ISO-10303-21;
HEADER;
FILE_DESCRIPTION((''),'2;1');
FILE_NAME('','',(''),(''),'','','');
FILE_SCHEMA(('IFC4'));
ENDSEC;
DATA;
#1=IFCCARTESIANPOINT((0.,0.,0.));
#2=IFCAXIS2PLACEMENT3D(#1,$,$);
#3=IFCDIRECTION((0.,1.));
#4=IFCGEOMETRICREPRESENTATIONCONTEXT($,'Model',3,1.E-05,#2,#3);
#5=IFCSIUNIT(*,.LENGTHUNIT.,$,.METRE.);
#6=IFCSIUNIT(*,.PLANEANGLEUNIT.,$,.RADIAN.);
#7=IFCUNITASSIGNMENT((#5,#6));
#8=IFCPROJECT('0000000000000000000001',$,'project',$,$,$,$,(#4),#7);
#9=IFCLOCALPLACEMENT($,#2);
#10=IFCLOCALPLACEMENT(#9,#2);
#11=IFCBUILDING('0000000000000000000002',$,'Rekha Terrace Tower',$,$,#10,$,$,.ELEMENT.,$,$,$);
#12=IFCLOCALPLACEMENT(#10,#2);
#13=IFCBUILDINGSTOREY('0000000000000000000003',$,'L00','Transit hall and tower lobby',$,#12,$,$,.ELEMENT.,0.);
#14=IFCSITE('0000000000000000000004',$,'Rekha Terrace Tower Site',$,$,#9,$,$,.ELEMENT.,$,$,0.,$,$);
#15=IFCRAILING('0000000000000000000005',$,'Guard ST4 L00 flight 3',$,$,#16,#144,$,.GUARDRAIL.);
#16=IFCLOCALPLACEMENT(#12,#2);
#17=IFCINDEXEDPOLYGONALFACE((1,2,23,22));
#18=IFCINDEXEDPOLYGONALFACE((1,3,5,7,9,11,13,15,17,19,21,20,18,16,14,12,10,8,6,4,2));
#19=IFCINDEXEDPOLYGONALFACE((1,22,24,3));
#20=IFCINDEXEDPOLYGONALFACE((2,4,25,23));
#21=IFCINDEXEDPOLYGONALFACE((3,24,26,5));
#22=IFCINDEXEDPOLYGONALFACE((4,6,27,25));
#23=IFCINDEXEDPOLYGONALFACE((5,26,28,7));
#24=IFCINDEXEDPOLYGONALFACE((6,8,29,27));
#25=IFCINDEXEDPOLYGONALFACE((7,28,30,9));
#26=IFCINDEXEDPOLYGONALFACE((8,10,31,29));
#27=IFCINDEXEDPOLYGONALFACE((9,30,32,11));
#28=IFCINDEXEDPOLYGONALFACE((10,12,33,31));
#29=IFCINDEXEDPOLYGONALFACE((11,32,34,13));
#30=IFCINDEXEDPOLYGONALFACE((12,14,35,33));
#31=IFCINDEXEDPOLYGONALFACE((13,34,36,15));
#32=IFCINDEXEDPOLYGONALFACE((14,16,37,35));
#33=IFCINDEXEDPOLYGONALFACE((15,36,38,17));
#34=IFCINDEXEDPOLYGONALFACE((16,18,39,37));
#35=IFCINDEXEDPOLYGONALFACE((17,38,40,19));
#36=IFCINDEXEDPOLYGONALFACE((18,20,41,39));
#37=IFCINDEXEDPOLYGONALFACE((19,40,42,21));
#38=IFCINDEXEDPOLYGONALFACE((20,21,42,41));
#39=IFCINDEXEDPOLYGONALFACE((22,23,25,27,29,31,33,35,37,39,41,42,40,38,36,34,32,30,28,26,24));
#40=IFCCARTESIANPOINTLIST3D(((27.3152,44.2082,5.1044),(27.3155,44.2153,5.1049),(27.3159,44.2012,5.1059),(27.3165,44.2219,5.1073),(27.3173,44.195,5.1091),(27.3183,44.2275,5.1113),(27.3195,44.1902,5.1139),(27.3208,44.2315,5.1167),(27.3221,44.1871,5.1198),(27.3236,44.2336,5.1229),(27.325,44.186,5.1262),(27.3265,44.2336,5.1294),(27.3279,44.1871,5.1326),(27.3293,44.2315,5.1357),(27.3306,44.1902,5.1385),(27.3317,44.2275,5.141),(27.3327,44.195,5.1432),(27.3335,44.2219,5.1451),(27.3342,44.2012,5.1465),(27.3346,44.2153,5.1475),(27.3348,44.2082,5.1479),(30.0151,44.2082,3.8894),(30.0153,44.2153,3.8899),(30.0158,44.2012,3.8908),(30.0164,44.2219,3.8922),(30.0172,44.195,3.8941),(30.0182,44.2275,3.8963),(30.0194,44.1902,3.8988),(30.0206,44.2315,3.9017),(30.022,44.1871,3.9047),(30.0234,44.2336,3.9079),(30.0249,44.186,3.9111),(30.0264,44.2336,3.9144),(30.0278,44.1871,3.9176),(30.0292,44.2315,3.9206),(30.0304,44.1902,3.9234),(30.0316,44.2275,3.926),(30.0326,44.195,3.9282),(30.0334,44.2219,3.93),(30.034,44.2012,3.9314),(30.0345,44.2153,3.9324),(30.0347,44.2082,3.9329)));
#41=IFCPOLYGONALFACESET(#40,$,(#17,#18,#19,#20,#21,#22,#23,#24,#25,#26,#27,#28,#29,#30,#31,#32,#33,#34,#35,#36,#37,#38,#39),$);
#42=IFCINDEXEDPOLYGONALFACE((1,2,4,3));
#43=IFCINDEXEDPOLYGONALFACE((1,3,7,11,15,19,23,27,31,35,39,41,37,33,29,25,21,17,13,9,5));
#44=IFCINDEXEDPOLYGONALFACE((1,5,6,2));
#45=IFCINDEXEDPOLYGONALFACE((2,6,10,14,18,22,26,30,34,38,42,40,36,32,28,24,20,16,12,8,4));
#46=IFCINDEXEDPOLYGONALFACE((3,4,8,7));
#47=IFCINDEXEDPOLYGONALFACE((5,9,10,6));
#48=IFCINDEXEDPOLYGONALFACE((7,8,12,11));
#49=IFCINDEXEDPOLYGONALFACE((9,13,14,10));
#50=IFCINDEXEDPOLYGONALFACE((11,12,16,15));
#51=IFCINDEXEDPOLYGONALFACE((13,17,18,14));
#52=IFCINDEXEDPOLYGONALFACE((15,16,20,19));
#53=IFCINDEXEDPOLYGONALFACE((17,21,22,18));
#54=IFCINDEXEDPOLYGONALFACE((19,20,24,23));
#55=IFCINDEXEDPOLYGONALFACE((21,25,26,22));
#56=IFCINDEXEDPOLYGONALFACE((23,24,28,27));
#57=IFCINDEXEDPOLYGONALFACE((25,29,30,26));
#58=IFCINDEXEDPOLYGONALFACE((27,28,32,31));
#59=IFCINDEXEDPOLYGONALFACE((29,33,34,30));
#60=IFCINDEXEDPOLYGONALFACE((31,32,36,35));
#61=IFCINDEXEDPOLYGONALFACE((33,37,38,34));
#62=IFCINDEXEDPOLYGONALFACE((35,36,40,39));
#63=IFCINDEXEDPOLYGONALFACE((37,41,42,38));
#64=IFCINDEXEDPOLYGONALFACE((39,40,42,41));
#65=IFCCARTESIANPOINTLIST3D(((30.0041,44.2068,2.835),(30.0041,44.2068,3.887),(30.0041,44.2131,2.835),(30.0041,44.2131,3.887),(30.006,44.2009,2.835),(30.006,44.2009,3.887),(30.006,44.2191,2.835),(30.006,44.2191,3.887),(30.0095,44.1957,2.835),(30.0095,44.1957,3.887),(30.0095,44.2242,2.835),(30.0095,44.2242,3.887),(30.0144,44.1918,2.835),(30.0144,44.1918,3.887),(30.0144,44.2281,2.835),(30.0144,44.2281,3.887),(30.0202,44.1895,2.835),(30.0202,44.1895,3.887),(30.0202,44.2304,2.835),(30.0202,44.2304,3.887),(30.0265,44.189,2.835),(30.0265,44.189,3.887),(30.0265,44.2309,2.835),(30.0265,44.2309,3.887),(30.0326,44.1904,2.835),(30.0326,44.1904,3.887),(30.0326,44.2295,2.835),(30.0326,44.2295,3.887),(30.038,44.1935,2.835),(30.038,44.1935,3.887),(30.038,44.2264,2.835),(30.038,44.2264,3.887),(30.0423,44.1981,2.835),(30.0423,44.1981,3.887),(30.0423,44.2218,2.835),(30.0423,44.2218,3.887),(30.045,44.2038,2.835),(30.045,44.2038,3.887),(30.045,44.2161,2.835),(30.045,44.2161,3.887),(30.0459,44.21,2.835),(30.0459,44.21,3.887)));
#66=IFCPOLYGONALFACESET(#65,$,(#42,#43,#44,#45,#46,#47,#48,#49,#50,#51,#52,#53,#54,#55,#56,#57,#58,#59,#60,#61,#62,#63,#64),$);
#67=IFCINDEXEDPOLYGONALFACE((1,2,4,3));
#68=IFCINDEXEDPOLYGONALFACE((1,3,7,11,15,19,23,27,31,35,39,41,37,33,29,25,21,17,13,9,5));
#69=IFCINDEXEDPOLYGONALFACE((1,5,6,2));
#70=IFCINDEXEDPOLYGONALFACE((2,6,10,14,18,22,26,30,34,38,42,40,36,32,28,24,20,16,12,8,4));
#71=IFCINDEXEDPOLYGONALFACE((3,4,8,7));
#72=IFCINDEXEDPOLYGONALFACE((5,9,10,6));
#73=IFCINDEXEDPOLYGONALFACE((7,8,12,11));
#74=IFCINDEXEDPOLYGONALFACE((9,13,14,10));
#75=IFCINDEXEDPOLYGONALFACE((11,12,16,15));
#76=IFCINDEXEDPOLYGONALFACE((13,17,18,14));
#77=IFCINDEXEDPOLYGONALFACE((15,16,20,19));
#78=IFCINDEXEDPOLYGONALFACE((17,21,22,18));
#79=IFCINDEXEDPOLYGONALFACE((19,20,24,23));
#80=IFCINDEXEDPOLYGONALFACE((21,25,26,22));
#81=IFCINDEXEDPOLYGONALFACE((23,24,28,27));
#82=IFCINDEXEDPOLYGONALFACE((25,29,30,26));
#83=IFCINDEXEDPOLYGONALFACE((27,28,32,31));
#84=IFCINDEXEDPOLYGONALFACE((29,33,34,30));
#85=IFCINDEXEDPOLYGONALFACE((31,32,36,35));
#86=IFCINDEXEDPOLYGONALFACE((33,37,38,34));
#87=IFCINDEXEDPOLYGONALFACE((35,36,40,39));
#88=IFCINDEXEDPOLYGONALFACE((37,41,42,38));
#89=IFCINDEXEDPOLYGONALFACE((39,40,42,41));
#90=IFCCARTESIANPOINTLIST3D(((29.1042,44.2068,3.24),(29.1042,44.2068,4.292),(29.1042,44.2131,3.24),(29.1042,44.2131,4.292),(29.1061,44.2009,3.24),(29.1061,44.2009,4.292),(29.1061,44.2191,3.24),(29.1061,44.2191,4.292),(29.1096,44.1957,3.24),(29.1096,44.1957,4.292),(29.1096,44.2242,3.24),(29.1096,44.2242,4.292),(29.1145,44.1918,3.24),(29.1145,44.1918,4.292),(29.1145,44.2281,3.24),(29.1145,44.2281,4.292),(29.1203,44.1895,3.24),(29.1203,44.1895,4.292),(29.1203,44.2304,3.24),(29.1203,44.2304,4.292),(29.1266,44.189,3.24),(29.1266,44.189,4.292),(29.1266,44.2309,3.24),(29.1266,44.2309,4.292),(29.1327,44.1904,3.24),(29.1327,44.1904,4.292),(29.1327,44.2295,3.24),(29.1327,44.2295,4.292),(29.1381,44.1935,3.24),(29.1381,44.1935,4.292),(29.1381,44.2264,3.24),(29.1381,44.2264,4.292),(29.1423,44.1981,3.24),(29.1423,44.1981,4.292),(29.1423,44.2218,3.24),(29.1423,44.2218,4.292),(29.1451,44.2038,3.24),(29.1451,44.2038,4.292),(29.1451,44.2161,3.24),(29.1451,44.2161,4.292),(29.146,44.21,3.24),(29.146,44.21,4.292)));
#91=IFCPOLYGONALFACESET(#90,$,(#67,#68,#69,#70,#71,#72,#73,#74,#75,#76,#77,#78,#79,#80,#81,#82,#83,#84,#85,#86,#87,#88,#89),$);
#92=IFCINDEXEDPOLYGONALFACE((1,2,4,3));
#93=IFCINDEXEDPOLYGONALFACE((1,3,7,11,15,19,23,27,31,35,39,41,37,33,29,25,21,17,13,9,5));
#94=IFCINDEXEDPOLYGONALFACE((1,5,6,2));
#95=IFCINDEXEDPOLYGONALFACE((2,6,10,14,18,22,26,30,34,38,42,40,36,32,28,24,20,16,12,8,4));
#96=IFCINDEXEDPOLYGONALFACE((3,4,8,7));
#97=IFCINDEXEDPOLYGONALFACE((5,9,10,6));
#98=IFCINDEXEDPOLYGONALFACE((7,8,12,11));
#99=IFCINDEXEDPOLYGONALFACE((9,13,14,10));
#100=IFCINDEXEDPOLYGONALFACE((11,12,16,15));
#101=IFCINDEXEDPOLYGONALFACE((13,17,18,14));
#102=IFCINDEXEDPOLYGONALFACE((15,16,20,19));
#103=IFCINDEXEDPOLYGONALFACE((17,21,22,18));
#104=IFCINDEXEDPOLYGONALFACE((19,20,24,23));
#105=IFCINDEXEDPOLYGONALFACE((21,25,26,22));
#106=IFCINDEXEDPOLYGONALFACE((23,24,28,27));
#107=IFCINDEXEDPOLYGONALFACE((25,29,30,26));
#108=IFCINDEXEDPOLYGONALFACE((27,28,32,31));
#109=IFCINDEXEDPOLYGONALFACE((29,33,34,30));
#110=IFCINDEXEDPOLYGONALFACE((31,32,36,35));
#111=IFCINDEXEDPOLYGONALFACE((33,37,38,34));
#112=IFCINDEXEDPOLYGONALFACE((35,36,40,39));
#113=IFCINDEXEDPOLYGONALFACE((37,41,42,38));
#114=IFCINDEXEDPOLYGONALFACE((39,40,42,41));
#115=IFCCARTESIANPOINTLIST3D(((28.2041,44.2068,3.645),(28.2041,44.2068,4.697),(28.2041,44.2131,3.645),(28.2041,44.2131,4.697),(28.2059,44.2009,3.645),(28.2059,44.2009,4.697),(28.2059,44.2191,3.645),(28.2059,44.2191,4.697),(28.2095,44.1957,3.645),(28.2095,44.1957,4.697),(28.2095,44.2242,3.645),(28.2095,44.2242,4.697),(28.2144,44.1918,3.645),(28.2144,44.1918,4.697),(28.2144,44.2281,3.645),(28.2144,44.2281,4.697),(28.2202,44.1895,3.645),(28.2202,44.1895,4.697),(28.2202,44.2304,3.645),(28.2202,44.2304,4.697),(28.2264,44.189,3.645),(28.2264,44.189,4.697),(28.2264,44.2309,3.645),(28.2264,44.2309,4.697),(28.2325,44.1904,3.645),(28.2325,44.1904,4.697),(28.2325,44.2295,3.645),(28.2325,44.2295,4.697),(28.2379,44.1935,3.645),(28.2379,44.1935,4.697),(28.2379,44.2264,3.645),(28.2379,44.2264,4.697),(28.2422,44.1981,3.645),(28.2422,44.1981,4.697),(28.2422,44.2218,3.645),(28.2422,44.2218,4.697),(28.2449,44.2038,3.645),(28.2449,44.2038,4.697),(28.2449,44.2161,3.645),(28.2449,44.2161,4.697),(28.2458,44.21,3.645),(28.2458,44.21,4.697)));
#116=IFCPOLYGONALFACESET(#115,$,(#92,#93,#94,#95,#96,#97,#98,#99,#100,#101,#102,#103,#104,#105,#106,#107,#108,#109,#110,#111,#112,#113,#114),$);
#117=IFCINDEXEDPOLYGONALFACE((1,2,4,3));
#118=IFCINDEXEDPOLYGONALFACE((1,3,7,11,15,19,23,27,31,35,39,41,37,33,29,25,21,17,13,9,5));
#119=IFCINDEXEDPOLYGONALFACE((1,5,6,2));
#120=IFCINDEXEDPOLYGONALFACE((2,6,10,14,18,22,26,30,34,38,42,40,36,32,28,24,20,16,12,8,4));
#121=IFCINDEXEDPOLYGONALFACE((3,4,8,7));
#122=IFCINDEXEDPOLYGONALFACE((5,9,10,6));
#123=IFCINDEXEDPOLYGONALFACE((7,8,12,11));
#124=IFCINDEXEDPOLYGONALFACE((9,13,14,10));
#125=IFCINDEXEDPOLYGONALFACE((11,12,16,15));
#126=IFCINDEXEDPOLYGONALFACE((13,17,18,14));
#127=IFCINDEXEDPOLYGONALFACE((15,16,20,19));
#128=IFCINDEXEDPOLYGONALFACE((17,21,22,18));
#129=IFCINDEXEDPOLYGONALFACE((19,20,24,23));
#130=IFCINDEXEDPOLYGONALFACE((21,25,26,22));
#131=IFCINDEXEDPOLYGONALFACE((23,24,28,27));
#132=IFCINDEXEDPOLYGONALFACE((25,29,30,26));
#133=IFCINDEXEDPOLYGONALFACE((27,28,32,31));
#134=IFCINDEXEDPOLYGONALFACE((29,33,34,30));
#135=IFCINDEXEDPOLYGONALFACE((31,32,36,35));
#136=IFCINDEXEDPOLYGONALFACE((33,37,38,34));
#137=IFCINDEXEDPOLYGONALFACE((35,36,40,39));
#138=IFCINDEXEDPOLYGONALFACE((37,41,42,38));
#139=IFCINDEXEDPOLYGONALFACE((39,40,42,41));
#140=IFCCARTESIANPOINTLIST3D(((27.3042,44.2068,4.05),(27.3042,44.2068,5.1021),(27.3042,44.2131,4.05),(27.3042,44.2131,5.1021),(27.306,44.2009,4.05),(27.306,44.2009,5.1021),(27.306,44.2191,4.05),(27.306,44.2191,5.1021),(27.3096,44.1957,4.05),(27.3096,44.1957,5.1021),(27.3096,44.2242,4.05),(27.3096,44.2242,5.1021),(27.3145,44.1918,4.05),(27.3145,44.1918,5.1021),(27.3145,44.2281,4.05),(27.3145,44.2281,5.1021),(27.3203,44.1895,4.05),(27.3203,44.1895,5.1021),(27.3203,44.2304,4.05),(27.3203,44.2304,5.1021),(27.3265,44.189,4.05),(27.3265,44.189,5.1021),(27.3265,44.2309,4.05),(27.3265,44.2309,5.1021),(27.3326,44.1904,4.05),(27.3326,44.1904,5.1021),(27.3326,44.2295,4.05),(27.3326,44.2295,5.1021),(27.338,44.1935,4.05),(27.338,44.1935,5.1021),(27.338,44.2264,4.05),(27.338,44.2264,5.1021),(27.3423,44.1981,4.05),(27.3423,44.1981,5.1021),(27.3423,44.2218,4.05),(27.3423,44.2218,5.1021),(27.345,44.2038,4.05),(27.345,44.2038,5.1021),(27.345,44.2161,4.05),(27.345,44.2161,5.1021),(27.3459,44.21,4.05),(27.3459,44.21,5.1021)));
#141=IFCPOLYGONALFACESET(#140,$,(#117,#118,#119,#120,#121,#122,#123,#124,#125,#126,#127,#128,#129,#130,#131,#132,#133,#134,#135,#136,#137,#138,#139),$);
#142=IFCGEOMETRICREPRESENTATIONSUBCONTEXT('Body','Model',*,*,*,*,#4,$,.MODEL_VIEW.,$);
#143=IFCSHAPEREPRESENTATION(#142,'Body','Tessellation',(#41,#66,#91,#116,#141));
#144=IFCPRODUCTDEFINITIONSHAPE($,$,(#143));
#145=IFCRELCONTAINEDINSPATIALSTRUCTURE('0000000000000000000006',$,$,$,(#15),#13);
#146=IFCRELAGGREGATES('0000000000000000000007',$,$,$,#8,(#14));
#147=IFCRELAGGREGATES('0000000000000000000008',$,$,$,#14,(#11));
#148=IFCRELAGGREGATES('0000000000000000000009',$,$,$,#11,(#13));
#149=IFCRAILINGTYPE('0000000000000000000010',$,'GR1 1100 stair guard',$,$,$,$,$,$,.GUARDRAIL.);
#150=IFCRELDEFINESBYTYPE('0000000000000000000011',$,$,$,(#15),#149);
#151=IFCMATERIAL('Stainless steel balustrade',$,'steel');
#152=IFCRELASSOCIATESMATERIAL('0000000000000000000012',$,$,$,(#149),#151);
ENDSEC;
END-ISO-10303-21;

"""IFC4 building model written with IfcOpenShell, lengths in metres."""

from ifc_helpers import new_model, si_unit, direction, frame, origin, origin_2d, place, context, subcontext, project, spatial, circle, extrude, material, type_object, element, save


model = new_model("IFC4")

# Units and contexts
model_context = context("Model", 3, precision=1e-05, world=origin(), true_north=direction((0.0, 1.0)))
body_context = subcontext(model_context, "Body", "Model", "MODEL_VIEW")
ifc_project = project(units=[si_unit("LENGTHUNIT", "METRE"), si_unit("PLANEANGLEUNIT", "RADIAN")], contexts=[model_context])

# Site, building, storey
site_placement = place(None, origin())
site = spatial("IfcSite", under=ifc_project, at=site_placement, Name="Rekha Terrace Tower Site", CompositionType="ELEMENT", RefElevation=0.0)
building_placement = place(site_placement, origin())
building = spatial("IfcBuilding", under=site, at=building_placement, Name="Rekha Terrace Tower", CompositionType="ELEMENT")
storey_placement = place(building_placement, origin())
storey = spatial("IfcBuildingStorey", under=building, at=storey_placement, Name="L00", Description="Transit hall and tower lobby", CompositionType="ELEMENT", Elevation=0.0)

# Railing
ifc_material_1 = material(Name="Stainless steel balustrade", Category="steel")
railing_type_1 = type_object("IfcRailingType", Name="GR1 1100 stair guard", PredefinedType="GUARDRAIL", material=ifc_material_1)
railing_1_placement = place(storey_placement, frame((30.0249, 44.21, 2.835)))
element("IfcRailing", 1, at=railing_1_placement, inside=storey, type_object=railing_type_1, Name="Guard ST4 L00 flight 3", PredefinedType="GUARDRAIL", context=body_context, shape_type="SweptSolid", body=[
    extrude(circle(Radius=0.0239, at=origin_2d()), frame((0.0, 0.0, 1.0762), z_axis=(-0.911908, 0.0, 0.410396), x_axis=(0.0, -1.0, 0.0)), (0.0, 0.0, 1.0), 2.9607),
    extrude(circle(Radius=0.021, at=origin_2d()), origin(), (0.0, 0.0, 1.0), 1.052),
    extrude(circle(Radius=0.021, at=origin_2d()), frame((-0.8999, 0.0, 0.405)), (0.0, 0.0, 1.0), 1.052),
    extrude(circle(Radius=0.021, at=origin_2d()), frame((-1.8, 0.0, 0.8101)), (0.0, 0.0, 1.0), 1.052),
    extrude(circle(Radius=0.021, at=origin_2d()), frame((-2.7, 0.0, 1.2151)), (0.0, 0.0, 1.0), 1.052),
])

save(model, "model.ifc")
